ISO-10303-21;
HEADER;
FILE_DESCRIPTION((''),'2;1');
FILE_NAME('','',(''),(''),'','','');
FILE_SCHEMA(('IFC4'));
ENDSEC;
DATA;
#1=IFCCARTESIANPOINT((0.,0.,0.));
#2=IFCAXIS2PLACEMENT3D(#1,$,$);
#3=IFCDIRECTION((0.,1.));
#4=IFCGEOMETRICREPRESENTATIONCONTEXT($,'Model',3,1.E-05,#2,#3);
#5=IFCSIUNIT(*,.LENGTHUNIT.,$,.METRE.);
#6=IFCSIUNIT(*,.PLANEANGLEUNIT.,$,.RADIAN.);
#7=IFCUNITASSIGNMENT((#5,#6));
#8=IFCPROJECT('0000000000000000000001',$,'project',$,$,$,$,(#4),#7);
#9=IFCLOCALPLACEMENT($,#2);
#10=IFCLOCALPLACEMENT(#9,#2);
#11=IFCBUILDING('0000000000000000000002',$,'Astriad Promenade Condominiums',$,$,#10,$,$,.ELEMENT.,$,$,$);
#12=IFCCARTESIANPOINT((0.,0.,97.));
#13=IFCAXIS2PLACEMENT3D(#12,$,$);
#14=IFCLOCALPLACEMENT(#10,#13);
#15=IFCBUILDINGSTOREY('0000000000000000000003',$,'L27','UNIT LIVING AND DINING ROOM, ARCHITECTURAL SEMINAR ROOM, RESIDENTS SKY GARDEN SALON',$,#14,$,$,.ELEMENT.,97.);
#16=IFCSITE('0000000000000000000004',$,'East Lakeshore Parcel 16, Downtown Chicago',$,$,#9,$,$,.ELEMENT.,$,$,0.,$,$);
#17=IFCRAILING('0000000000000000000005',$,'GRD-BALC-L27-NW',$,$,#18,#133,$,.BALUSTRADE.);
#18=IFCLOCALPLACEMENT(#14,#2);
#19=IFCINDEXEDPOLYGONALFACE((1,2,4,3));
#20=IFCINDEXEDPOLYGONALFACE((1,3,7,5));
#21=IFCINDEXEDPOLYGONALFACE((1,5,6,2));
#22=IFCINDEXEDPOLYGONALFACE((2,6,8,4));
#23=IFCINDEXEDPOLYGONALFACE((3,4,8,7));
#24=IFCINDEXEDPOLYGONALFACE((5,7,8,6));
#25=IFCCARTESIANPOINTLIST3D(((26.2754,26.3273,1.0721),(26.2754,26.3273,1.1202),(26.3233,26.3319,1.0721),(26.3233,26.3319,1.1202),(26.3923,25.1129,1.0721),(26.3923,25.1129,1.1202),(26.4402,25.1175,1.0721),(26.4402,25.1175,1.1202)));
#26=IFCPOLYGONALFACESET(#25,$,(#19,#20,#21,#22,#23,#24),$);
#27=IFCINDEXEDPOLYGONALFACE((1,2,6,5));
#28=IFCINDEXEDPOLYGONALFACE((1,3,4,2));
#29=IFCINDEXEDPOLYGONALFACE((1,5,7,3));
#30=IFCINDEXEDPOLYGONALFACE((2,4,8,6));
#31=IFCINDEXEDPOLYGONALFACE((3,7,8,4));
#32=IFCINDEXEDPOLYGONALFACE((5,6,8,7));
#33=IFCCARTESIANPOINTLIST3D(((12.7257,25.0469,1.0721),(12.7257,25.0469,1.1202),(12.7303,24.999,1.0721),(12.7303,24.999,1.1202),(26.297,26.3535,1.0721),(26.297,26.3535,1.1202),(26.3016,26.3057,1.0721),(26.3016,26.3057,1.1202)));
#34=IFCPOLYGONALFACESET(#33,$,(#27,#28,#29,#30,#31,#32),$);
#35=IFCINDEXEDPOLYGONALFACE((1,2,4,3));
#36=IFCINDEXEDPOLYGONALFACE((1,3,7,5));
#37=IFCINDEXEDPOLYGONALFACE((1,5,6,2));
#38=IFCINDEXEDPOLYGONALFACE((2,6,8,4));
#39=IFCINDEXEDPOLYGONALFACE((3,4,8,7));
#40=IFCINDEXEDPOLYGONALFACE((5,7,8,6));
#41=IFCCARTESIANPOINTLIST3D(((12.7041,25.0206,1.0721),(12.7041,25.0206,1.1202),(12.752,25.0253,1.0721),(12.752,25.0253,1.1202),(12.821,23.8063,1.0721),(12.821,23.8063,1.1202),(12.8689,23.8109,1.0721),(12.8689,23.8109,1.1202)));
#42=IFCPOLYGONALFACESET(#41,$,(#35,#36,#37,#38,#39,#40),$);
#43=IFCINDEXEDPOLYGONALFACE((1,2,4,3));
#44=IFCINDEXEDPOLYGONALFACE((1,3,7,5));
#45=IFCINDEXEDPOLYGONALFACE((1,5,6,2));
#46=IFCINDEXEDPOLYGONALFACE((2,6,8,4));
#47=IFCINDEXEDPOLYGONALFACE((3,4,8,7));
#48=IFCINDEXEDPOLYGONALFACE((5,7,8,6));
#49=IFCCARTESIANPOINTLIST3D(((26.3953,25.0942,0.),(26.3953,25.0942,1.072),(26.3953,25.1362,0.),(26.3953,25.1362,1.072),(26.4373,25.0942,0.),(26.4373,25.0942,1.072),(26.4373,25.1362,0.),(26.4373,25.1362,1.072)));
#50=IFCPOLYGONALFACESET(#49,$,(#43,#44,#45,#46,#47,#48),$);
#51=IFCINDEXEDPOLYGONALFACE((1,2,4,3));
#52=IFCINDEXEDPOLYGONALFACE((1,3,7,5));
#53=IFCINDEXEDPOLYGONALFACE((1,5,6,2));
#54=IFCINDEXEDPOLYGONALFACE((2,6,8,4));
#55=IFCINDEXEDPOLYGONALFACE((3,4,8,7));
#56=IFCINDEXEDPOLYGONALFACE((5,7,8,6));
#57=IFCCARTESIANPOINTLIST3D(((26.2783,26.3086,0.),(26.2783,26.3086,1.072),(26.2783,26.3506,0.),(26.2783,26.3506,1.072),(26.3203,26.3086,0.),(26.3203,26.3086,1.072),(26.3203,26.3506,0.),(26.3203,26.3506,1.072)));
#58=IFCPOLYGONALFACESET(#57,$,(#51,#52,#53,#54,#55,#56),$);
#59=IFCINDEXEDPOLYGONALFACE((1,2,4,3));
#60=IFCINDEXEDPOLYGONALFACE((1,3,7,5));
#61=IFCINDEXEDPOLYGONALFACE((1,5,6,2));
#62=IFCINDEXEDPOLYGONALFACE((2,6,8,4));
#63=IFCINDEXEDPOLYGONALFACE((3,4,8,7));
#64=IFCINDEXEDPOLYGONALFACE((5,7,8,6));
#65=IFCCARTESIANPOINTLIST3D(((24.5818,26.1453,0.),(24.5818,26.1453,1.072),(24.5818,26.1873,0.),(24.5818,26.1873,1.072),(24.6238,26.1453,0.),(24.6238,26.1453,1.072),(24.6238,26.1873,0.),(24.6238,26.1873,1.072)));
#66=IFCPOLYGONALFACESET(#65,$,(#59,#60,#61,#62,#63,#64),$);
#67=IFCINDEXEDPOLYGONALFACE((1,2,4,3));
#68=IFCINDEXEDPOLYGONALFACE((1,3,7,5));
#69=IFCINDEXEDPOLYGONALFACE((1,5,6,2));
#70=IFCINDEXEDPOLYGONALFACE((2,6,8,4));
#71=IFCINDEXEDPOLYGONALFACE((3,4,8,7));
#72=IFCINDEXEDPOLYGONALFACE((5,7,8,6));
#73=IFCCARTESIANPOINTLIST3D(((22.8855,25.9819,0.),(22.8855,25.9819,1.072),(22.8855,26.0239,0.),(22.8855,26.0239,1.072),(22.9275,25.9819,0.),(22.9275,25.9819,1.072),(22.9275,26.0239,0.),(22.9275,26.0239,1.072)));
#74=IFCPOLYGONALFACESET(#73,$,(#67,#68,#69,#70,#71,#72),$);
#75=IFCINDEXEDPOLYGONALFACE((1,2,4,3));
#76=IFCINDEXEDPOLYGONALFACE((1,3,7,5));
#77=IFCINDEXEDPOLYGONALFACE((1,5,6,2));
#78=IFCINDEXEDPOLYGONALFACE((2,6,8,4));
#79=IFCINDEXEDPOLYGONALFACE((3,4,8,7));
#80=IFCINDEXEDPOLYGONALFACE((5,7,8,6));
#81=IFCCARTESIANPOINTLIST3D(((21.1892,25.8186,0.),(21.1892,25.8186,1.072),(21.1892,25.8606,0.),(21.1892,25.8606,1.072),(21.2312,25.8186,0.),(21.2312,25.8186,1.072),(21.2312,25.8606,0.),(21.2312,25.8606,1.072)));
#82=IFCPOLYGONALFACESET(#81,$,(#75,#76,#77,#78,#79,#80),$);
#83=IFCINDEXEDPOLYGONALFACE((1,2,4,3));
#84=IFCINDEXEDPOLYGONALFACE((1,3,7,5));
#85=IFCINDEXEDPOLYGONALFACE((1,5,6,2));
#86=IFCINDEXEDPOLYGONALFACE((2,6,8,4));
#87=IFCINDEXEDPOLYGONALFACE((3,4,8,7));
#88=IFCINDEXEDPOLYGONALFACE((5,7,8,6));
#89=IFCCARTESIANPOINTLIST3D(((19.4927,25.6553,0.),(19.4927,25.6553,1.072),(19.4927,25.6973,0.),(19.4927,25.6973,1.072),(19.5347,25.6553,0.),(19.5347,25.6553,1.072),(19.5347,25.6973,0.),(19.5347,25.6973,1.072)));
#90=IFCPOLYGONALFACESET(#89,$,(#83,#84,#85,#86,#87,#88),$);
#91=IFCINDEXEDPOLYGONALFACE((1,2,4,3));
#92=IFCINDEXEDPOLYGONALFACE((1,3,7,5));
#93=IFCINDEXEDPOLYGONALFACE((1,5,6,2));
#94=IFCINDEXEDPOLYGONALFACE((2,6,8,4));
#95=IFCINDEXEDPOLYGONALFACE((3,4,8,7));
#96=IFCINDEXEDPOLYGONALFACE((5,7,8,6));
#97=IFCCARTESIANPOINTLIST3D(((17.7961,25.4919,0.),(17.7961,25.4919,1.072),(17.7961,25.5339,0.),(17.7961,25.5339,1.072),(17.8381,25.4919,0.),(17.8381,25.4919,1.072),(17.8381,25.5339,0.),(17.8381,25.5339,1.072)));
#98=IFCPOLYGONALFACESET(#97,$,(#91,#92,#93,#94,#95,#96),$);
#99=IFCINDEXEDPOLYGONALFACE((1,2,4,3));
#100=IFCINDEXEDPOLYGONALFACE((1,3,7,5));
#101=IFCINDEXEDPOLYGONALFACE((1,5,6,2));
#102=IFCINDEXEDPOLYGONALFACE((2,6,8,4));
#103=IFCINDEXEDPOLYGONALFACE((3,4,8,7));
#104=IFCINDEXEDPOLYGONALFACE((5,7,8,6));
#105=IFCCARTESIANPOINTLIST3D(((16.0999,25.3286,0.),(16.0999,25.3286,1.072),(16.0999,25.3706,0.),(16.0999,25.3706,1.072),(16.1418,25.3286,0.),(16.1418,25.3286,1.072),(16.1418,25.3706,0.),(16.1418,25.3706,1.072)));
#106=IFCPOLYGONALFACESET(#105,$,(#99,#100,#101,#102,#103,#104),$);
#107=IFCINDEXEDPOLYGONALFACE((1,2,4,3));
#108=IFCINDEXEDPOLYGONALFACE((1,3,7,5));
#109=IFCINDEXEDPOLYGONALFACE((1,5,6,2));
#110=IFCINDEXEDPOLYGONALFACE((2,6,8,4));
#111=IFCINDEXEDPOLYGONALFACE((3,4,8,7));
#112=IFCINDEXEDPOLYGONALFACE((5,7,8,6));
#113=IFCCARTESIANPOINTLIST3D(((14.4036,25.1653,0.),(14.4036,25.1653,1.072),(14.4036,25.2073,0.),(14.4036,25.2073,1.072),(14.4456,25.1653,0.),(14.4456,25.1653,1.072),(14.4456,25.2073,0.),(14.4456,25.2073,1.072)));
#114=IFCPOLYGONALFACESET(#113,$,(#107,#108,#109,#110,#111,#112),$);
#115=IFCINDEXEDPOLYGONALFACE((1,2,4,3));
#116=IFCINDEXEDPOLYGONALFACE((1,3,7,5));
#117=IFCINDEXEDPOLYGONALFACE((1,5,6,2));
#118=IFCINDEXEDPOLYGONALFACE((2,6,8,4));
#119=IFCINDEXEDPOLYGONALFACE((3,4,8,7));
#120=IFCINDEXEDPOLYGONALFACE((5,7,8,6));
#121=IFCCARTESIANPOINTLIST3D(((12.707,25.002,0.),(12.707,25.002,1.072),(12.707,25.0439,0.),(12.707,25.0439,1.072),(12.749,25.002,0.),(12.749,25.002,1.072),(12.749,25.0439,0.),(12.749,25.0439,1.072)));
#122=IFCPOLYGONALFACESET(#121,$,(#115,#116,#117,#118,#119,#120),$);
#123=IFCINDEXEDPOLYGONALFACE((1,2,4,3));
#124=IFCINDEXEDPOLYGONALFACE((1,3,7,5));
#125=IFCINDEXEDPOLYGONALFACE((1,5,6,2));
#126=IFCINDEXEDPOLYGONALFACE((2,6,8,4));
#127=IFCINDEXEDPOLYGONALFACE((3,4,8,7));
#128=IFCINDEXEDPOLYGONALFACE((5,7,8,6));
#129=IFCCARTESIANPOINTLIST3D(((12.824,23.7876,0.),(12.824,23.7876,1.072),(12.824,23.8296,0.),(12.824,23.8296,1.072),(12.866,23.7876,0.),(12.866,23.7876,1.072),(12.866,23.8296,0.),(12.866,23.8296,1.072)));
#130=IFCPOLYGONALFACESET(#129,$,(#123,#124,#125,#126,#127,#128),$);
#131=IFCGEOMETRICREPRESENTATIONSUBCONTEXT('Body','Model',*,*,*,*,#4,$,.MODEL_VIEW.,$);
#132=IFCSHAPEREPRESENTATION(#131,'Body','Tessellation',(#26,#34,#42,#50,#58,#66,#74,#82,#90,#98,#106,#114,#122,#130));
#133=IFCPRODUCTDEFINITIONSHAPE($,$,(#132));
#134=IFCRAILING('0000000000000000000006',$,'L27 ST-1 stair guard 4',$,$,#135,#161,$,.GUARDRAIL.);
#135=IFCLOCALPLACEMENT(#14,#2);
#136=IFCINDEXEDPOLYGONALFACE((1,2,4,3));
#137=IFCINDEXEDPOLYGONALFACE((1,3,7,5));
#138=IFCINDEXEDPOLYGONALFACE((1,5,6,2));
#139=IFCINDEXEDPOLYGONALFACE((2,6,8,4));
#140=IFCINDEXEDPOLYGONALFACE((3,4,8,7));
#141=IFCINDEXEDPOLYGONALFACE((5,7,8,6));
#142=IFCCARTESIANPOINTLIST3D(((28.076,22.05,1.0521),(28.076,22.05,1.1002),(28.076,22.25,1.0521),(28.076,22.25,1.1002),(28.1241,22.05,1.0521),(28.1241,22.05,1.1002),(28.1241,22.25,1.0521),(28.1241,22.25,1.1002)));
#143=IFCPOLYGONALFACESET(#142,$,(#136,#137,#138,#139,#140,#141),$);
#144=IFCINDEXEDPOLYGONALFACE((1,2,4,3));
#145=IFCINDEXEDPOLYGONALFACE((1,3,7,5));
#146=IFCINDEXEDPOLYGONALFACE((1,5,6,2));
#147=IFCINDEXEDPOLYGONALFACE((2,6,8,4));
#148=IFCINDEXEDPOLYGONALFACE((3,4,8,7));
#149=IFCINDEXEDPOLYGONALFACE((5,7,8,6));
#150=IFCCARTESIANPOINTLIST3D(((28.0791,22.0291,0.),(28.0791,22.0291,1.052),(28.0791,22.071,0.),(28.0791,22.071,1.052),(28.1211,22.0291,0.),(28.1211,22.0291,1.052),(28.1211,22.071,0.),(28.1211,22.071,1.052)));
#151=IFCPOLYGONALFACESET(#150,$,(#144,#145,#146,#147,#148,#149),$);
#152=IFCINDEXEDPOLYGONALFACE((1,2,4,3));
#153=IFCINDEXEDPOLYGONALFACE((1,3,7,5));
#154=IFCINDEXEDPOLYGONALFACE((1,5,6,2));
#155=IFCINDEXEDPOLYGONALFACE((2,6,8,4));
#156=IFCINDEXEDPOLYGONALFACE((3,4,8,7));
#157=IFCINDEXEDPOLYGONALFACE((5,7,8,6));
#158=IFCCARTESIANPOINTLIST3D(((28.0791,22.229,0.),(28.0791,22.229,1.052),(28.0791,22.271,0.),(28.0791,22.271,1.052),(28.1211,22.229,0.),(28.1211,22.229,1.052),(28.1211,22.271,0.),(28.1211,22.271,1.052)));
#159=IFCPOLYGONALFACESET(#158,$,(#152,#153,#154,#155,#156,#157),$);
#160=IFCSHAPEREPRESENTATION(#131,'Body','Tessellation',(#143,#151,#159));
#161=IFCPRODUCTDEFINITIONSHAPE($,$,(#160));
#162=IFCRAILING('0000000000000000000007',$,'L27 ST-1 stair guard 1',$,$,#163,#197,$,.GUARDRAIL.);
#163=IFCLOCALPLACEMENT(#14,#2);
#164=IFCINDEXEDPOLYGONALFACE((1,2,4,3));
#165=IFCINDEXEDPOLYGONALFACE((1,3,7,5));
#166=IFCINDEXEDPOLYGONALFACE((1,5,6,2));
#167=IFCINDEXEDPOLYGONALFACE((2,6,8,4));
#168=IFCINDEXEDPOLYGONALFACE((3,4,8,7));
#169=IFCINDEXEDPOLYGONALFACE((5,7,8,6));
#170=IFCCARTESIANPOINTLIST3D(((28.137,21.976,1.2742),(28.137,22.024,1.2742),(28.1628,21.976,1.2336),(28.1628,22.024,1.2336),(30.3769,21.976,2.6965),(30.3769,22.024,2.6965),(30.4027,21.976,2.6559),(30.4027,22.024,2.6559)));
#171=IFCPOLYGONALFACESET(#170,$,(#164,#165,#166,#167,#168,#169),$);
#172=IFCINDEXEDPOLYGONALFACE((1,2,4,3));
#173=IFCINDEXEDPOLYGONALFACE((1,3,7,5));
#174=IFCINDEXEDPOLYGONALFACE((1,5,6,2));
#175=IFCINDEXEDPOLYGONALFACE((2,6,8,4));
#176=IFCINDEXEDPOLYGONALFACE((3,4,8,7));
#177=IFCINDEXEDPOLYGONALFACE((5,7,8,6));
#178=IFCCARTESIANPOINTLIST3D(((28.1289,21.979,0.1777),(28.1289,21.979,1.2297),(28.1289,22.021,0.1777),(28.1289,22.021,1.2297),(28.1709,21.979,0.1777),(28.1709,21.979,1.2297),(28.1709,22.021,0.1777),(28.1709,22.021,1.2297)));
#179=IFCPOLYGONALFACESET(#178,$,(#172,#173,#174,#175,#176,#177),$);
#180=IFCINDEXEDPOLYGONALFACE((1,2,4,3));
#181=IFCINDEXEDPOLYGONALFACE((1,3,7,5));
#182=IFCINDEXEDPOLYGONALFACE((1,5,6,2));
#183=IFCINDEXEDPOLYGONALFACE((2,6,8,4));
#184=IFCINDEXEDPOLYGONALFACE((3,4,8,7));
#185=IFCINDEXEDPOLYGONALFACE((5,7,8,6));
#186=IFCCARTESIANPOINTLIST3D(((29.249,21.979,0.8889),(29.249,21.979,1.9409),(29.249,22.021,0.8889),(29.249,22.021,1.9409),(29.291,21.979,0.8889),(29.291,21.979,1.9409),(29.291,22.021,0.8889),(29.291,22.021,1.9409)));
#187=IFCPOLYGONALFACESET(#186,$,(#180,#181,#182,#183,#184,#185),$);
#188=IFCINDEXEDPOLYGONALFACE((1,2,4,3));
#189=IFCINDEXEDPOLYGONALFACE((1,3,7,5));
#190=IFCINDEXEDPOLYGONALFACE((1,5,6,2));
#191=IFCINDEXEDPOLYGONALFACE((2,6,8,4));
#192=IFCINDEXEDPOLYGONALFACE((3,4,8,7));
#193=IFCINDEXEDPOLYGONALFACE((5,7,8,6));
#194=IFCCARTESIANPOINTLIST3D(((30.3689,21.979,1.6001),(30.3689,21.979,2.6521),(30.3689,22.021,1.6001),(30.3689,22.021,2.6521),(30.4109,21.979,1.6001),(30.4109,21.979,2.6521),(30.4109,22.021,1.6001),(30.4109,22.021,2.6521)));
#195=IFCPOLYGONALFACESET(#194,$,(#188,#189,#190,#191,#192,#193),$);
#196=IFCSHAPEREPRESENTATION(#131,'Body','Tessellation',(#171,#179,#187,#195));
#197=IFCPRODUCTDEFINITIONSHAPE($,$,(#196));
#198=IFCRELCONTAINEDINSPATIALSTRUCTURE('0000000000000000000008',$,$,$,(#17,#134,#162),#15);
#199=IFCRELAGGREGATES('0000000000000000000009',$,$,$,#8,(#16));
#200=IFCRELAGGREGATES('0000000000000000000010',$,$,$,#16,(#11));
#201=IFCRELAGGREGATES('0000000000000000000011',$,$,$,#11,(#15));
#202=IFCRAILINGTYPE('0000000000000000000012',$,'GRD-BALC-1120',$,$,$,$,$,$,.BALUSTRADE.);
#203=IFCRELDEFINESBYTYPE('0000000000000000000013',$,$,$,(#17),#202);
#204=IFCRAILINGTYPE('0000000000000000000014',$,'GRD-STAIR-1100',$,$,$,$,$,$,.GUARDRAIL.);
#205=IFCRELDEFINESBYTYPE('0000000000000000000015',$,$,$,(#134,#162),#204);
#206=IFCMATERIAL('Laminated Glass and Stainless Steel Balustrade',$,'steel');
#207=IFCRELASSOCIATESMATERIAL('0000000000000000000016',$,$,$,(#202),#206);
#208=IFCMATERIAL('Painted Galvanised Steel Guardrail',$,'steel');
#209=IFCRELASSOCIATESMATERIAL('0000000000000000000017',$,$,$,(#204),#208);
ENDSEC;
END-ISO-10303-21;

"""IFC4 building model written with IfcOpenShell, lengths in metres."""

from ifc_helpers import new_model, si_unit, direction, frame, origin, origin_2d, place, context, subcontext, project, spatial, rectangle, extrude, source, transform, mapped, material, type_object, type_shapes, element, save


model = new_model("IFC4")

# Units and contexts
model_context = context("Model", 3, precision=1e-05, world=origin(), true_north=direction((0.0, 1.0)))
body_context = subcontext(model_context, "Body", "Model", "MODEL_VIEW")
ifc_project = project(units=[si_unit("LENGTHUNIT", "METRE"), si_unit("PLANEANGLEUNIT", "RADIAN")], contexts=[model_context])

# Site, building, storey
site_placement = place(None, origin())
site = spatial("IfcSite", under=ifc_project, at=site_placement, Name="East Lakeshore Parcel 16, Downtown Chicago", CompositionType="ELEMENT", RefElevation=0.0)
building_placement = place(site_placement, origin())
building = spatial("IfcBuilding", under=site, at=building_placement, Name="Astriad Promenade Condominiums", CompositionType="ELEMENT")
storey_placement = place(building_placement, frame((0.0, 0.0, 97.0)))
storey = spatial("IfcBuildingStorey", under=building, at=storey_placement, Name="L27", Description="UNIT LIVING AND DINING ROOM, ARCHITECTURAL SEMINAR ROOM, RESIDENTS SKY GARDEN SALON", CompositionType="ELEMENT", Elevation=97.0)

# Railings
ifc_material_1 = material(Name="Laminated Glass and Stainless Steel Balustrade", Category="steel")
railing_type_1 = type_object("IfcRailingType", Name="GRD-BALC-1120", PredefinedType="BALUSTRADE", material=ifc_material_1)
shared_shape_1 = source(origin(), body_context, "Body", "SweptSolid", [
    extrude(rectangle(XDim=0.0481, YDim=0.0481, at=origin_2d()), frame((0.0, 0.0, 1.0962), z_axis=(-0.095857, 0.995395, 0.0), x_axis=(-0.995395, -0.095857, 0.0)), (0.0, 0.0, 1.0), 1.22),
    extrude(rectangle(XDim=0.0481, YDim=0.0481, at=origin_2d()), frame((-0.1169, 1.2144, 1.0962), z_axis=(-0.995397, -0.095837, 0.0), x_axis=(0.095837, -0.995397, 0.0)), (0.0, 0.0, 1.0), 13.634),
    extrude(rectangle(XDim=0.0481, YDim=0.0481, at=origin_2d()), frame((-13.6882, -0.0923, 1.0962), z_axis=(0.095857, -0.995395, 0.0), x_axis=(0.995395, 0.095857, 0.0)), (0.0, 0.0, 1.0), 1.22),
    extrude(rectangle(XDim=0.042, YDim=0.042, at=origin_2d()), origin(), (0.0, 0.0, 1.0), 1.072),
    extrude(rectangle(XDim=0.042, YDim=0.042, at=origin_2d()), frame((-0.1169, 1.2144, 0.0)), (0.0, 0.0, 1.0), 1.072),
    extrude(rectangle(XDim=0.042, YDim=0.042, at=origin_2d()), frame((-1.8135, 1.051, 0.0)), (0.0, 0.0, 1.0), 1.072),
    extrude(rectangle(XDim=0.042, YDim=0.042, at=origin_2d()), frame((-3.5098, 0.8877, 0.0)), (0.0, 0.0, 1.0), 1.072),
    extrude(rectangle(XDim=0.042, YDim=0.042, at=origin_2d()), frame((-5.2061, 0.7244, 0.0)), (0.0, 0.0, 1.0), 1.072),
    extrude(rectangle(XDim=0.042, YDim=0.042, at=origin_2d()), frame((-6.9026, 0.561, 0.0)), (0.0, 0.0, 1.0), 1.072),
    extrude(rectangle(XDim=0.042, YDim=0.042, at=origin_2d()), frame((-8.5991, 0.3977, 0.0)), (0.0, 0.0, 1.0), 1.072),
    extrude(rectangle(XDim=0.042, YDim=0.042, at=origin_2d()), frame((-10.2954, 0.2344, 0.0)), (0.0, 0.0, 1.0), 1.072),
    extrude(rectangle(XDim=0.042, YDim=0.042, at=origin_2d()), frame((-11.9917, 0.071, 0.0)), (0.0, 0.0, 1.0), 1.072),
    extrude(rectangle(XDim=0.042, YDim=0.042, at=origin_2d()), frame((-13.6882, -0.0923, 0.0)), (0.0, 0.0, 1.0), 1.072),
    extrude(rectangle(XDim=0.042, YDim=0.042, at=origin_2d()), frame((-13.5713, -1.3066, 0.0)), (0.0, 0.0, 1.0), 1.072),
])
type_shapes(railing_type_1, [shared_shape_1])
railing_1_placement = place(storey_placement, frame((26.4163, 25.1152, 0.0)))
element("IfcRailing", 1, at=railing_1_placement, inside=storey, type_object=railing_type_1, Name="GRD-BALC-L27-NW", PredefinedType="BALUSTRADE", context=body_context, shape_type="MappedRepresentation", body=[
    mapped(shared_shape_1, transform((0.0, 0.0, 0.0), scale=1.0)),
])
ifc_material_2 = material(Name="Painted Galvanised Steel Guardrail", Category="steel")
railing_type_2 = type_object("IfcRailingType", Name="GRD-STAIR-1100", PredefinedType="GUARDRAIL", material=ifc_material_2)
shared_shape_2 = source(origin(), body_context, "Body", "SweptSolid", [
    extrude(rectangle(XDim=0.0481, YDim=0.0481, at=origin_2d()), frame((0.0, 0.0, 1.0762), z_axis=(0.0, 1.0, 0.0), x_axis=(-1.0, 0.0, 0.0)), (0.0, 0.0, 1.0), 0.2),
    extrude(rectangle(XDim=0.042, YDim=0.042, at=origin_2d()), origin(), (0.0, 0.0, 1.0), 1.052),
    extrude(rectangle(XDim=0.042, YDim=0.042, at=origin_2d()), frame((0.0, 0.2, 0.0)), (0.0, 0.0, 1.0), 1.052),
])
railing_2_placement = place(storey_placement, frame((28.1001, 22.05, 0.0)))
element("IfcRailing", 2, at=railing_2_placement, inside=storey, type_object=railing_type_2, Name="L27 ST-1 stair guard 4", PredefinedType="GUARDRAIL", context=body_context, shape_type="MappedRepresentation", body=[
    mapped(shared_shape_2, transform((0.0, 0.0, 0.0), scale=1.0)),
])
shared_shape_3 = source(origin(), body_context, "Body", "SweptSolid", [
    extrude(rectangle(XDim=0.0481, YDim=0.0481, at=origin_2d()), frame((0.0, 0.0, 1.0762), z_axis=(0.844188, 0.0, 0.536048), x_axis=(0.0, 1.0, 0.0)), (0.0, 0.0, 1.0), 2.6533),
    extrude(rectangle(XDim=0.042, YDim=0.042, at=origin_2d()), origin(), (0.0, 0.0, 1.0), 1.052),
    extrude(rectangle(XDim=0.042, YDim=0.042, at=origin_2d()), frame((1.1201, 0.0, 0.7112)), (0.0, 0.0, 1.0), 1.052),
    extrude(rectangle(XDim=0.042, YDim=0.042, at=origin_2d()), frame((2.24, 0.0, 1.4224)), (0.0, 0.0, 1.0), 1.052),
])
railing_3_placement = place(storey_placement, frame((28.1499, 22.0, 0.1777)))
element("IfcRailing", 3, at=railing_3_placement, inside=storey, type_object=railing_type_2, Name="L27 ST-1 stair guard 1", PredefinedType="GUARDRAIL", context=body_context, shape_type="MappedRepresentation", body=[
    mapped(shared_shape_3, transform((0.0, 0.0, 0.0), scale=1.0)),
])

save(model, "model.ifc")
